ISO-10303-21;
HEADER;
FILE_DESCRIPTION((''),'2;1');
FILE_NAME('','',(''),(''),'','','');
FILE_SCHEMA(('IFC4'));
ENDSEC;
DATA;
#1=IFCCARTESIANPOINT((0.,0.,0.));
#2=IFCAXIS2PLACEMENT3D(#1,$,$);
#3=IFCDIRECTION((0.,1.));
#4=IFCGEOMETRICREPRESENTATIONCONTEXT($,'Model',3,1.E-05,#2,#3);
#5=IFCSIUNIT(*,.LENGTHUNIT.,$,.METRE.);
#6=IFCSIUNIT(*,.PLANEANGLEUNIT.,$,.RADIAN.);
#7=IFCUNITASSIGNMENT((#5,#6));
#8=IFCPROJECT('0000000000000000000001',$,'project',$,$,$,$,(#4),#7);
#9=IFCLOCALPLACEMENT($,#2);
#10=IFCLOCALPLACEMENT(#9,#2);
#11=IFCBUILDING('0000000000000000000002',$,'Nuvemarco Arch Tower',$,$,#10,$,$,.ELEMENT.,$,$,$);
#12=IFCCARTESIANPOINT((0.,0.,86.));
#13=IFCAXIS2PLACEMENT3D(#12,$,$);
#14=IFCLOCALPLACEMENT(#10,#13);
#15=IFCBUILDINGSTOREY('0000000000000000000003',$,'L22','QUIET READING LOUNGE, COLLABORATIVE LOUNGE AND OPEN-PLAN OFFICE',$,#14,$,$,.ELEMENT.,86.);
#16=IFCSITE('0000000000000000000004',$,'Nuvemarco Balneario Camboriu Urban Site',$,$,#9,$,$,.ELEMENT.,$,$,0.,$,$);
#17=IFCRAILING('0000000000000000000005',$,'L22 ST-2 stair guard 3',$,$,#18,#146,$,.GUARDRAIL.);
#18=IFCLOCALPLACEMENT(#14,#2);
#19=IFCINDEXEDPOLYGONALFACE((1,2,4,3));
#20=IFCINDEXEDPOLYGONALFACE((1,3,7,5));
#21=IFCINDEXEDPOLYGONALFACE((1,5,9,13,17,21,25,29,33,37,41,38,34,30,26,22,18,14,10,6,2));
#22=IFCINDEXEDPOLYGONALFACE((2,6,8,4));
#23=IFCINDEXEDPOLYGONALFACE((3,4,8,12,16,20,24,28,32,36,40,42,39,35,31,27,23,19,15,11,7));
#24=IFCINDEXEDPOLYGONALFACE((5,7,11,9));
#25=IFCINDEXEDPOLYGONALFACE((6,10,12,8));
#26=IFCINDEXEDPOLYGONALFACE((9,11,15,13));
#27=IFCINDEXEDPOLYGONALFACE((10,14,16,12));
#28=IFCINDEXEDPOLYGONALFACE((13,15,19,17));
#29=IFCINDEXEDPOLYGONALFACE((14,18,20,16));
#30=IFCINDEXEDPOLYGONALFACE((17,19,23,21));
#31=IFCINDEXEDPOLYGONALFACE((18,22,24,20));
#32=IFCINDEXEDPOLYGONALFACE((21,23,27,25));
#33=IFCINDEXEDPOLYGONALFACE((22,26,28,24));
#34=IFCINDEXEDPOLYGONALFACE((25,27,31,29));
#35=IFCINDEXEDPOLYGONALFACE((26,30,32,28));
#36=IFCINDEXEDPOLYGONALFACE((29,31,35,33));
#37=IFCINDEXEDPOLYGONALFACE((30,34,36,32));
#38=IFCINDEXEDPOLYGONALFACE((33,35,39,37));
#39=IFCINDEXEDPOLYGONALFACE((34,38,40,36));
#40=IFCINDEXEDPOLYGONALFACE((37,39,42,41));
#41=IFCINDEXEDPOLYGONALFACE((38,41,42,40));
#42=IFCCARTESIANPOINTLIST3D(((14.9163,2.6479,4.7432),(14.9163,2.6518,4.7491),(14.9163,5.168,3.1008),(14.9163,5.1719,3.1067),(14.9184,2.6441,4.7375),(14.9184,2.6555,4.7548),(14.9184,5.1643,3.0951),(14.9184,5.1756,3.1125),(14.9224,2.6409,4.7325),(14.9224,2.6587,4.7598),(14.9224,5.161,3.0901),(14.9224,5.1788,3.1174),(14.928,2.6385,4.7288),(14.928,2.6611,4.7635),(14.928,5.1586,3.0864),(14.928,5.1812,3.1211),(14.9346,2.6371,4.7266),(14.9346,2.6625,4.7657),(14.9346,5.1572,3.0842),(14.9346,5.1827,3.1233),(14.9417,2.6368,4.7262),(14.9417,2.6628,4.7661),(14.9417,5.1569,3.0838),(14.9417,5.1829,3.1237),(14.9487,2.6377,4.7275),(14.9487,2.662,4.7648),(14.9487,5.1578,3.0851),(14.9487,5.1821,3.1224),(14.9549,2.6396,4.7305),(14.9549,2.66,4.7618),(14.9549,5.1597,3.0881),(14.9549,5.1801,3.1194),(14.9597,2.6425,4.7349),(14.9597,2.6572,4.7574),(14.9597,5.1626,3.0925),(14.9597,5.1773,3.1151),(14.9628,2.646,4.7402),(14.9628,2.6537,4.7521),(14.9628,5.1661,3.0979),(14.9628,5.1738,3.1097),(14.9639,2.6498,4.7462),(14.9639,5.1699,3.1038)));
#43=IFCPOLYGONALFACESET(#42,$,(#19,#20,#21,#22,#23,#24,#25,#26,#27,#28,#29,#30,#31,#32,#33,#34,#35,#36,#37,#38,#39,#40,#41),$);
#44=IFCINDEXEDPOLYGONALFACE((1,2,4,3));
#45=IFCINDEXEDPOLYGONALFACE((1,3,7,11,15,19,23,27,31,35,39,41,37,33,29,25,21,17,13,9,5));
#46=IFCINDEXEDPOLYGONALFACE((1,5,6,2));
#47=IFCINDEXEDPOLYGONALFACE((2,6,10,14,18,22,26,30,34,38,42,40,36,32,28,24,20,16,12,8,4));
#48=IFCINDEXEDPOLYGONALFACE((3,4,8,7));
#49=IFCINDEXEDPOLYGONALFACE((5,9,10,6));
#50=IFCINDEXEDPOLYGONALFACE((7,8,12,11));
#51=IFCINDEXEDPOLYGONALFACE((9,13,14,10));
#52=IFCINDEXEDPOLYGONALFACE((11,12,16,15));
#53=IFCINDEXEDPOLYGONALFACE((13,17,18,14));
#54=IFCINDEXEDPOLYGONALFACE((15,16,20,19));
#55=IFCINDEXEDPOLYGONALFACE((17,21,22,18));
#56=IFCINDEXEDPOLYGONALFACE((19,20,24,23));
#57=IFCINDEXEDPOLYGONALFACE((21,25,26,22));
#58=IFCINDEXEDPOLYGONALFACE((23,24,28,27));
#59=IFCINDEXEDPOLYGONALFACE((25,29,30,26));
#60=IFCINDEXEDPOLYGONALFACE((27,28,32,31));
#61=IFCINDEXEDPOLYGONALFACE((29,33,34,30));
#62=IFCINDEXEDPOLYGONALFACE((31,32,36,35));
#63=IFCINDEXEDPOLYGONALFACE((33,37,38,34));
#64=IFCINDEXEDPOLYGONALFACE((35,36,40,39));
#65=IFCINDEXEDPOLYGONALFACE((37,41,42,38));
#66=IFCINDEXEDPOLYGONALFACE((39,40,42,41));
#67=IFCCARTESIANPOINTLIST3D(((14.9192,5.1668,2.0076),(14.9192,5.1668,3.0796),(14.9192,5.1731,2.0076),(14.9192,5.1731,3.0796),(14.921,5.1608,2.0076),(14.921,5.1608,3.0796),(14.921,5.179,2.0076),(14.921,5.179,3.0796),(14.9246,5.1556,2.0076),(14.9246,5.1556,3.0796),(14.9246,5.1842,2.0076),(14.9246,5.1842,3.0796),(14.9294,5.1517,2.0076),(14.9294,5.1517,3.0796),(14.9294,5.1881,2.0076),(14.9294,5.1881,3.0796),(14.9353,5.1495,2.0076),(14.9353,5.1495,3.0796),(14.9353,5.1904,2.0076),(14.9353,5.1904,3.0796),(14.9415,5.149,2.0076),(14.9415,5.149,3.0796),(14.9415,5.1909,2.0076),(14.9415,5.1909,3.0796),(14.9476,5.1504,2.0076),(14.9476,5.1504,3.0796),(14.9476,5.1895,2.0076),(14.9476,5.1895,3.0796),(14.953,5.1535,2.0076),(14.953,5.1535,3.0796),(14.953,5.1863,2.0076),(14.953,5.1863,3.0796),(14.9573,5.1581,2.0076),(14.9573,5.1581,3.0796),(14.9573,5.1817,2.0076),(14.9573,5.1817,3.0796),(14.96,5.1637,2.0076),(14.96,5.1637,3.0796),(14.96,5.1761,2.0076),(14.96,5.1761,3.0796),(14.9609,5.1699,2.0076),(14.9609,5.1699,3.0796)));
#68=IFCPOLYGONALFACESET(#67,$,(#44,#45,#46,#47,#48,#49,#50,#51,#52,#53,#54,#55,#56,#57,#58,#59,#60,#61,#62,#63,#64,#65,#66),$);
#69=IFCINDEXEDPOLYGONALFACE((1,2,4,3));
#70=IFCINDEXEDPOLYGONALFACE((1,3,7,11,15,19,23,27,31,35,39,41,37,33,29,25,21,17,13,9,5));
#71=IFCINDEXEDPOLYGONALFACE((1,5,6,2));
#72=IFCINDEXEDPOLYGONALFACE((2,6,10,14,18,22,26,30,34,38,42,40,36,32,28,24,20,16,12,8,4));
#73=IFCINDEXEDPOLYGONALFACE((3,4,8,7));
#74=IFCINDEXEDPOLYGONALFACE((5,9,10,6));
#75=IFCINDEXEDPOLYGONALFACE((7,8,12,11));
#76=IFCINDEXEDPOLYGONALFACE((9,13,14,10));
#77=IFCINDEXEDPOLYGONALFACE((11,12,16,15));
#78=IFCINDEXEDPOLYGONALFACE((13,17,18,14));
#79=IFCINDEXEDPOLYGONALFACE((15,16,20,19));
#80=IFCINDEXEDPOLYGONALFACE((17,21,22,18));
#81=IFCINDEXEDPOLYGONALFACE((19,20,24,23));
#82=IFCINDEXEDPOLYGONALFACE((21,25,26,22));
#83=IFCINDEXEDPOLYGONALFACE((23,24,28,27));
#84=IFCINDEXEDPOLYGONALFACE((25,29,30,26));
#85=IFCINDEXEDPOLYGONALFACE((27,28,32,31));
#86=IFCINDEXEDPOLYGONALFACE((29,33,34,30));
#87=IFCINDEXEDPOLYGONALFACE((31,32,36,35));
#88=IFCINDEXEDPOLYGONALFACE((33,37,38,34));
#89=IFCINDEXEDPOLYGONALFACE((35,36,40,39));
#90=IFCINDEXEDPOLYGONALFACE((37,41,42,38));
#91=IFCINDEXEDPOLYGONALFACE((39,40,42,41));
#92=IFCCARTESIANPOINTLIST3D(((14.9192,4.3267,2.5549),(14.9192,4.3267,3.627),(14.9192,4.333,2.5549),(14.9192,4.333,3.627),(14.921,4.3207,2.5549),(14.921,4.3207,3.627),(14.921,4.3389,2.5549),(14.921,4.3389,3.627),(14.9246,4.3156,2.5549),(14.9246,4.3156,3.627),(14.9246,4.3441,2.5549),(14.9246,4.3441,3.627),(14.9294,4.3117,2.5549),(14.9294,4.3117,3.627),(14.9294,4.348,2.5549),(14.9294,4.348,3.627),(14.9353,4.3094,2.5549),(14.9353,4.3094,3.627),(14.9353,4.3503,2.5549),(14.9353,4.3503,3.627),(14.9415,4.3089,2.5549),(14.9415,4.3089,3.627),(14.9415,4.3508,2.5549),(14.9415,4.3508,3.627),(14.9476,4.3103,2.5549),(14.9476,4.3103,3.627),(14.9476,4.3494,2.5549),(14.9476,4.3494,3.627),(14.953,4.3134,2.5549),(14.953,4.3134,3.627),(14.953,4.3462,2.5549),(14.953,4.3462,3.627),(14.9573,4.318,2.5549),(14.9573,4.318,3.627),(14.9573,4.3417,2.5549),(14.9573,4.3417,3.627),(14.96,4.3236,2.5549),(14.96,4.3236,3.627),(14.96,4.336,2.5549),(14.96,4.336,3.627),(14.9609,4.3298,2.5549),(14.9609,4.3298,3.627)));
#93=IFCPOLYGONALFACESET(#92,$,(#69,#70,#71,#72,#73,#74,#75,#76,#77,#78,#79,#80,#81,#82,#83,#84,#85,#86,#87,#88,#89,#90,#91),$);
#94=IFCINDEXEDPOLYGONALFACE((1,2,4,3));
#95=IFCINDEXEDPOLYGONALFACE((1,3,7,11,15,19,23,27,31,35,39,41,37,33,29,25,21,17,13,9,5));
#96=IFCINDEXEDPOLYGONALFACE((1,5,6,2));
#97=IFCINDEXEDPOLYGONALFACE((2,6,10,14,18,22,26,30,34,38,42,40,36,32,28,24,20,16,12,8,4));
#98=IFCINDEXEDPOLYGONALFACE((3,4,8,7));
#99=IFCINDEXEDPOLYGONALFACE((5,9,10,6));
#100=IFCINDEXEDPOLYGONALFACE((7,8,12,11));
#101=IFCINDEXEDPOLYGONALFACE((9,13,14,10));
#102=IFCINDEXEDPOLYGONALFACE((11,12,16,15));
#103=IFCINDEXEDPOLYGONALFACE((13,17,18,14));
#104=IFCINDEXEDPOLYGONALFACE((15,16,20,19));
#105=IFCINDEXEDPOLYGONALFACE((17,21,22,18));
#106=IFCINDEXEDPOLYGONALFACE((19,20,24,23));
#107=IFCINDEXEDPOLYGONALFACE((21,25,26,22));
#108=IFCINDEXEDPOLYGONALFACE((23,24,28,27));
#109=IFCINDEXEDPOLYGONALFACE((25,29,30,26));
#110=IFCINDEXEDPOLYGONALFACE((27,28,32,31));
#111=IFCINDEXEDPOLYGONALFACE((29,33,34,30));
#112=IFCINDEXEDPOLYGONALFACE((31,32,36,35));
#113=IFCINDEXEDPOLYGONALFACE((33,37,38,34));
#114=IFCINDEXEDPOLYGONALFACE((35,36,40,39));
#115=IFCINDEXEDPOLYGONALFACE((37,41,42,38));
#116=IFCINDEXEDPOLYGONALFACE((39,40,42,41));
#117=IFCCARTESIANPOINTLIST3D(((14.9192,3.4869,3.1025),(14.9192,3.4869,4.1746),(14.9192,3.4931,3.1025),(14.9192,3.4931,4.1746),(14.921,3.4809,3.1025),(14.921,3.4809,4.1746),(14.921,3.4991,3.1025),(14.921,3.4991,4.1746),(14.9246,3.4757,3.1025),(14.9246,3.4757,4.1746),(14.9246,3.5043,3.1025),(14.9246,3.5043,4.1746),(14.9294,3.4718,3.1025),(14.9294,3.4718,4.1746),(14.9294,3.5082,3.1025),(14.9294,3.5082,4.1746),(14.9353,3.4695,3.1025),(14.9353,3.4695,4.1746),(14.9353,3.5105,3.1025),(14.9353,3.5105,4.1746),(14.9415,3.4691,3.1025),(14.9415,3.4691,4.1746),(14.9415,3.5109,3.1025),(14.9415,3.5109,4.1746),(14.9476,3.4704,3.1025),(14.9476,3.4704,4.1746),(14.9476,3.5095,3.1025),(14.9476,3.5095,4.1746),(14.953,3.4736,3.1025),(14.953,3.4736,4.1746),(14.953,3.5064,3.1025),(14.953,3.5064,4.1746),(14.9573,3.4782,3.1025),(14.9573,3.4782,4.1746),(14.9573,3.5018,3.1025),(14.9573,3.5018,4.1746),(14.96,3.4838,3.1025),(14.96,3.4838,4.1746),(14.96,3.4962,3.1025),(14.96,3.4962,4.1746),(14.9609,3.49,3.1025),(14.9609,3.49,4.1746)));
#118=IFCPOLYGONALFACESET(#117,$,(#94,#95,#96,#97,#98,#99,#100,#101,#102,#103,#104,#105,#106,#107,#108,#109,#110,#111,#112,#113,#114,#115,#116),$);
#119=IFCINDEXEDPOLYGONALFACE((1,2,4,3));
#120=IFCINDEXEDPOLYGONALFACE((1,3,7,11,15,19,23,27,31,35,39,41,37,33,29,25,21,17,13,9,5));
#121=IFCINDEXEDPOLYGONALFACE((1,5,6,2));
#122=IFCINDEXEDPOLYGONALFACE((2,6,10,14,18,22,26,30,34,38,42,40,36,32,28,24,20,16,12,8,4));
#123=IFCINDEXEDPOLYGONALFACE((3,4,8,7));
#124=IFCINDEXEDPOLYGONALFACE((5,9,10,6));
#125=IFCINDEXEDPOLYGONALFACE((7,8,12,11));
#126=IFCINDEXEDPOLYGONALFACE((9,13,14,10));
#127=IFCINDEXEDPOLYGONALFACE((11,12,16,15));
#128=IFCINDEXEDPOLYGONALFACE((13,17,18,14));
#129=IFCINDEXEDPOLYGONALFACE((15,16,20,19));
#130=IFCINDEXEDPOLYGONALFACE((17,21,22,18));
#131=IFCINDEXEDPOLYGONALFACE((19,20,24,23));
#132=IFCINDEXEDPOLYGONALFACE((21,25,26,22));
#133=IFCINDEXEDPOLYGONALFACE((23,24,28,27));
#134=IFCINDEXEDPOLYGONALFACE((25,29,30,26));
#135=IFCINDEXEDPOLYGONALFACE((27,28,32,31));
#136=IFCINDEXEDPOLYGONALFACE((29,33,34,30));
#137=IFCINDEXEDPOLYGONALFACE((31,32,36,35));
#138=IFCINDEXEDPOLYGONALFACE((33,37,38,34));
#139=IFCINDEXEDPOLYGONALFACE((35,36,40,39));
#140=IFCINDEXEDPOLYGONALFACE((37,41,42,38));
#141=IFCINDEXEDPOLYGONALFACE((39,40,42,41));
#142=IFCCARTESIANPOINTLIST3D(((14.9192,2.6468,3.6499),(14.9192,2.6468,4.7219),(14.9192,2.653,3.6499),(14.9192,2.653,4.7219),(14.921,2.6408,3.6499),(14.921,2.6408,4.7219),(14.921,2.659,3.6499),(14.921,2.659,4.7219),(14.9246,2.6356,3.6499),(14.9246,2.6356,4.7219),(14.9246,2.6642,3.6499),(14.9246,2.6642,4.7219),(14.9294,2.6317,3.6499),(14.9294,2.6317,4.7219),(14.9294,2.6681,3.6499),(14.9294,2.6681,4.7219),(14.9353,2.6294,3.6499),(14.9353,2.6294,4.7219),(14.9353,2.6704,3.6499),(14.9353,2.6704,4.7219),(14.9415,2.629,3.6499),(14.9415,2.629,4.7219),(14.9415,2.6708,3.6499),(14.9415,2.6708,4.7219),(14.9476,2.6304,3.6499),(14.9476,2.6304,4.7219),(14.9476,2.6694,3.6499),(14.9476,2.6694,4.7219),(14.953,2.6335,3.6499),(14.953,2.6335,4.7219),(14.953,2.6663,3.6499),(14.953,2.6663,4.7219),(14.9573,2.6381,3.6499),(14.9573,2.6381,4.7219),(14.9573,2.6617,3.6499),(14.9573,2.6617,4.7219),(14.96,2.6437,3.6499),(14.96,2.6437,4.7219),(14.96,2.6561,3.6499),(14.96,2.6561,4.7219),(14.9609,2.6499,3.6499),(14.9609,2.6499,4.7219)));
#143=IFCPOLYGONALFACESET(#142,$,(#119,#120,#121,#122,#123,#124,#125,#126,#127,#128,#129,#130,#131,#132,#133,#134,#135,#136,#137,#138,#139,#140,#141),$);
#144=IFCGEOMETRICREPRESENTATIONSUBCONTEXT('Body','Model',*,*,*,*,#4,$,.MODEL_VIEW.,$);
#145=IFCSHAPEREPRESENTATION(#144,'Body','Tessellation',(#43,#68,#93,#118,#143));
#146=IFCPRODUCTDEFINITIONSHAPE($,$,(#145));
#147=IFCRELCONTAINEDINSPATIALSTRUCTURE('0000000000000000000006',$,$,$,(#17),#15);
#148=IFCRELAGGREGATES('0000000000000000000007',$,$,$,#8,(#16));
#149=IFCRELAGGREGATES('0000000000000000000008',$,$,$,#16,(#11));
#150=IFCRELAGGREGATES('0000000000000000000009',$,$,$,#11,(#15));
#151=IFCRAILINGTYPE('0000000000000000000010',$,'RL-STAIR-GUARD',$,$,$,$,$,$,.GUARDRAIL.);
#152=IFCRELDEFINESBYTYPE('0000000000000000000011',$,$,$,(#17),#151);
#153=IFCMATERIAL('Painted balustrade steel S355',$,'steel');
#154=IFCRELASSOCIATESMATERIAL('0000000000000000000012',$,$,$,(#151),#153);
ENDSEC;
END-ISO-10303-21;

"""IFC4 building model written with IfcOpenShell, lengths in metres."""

from ifc_helpers import new_model, si_unit, direction, frame, origin, origin_2d, place, context, subcontext, project, spatial, circle, extrude, material, type_object, element, save


model = new_model("IFC4")

# Units and contexts
model_context = context("Model", 3, precision=1e-05, world=origin(), true_north=direction((0.0, 1.0)))
body_context = subcontext(model_context, "Body", "Model", "MODEL_VIEW")
ifc_project = project(units=[si_unit("LENGTHUNIT", "METRE"), si_unit("PLANEANGLEUNIT", "RADIAN")], contexts=[model_context])

# Site, building, storey
site_placement = place(None, origin())
site = spatial("IfcSite", under=ifc_project, at=site_placement, Name="Nuvemarco Balneario Camboriu Urban Site", CompositionType="ELEMENT", RefElevation=0.0)
building_placement = place(site_placement, origin())
building = spatial("IfcBuilding", under=site, at=building_placement, Name="Nuvemarco Arch Tower", CompositionType="ELEMENT")
storey_placement = place(building_placement, frame((0.0, 0.0, 86.0)))
storey = spatial("IfcBuildingStorey", under=building, at=storey_placement, Name="L22", Description="QUIET READING LOUNGE, COLLABORATIVE LOUNGE AND OPEN-PLAN OFFICE", CompositionType="ELEMENT", Elevation=86.0)

# Railing
ifc_material_1 = material(Name="Painted balustrade steel S355", Category="steel")
railing_type_1 = type_object("IfcRailingType", Name="RL-STAIR-GUARD", PredefinedType="GUARDRAIL", material=ifc_material_1)
railing_1_placement = place(storey_placement, frame((14.9399, 5.1699, 2.0076)))
element("IfcRailing", 1, at=railing_1_placement, inside=storey, type_object=railing_type_1, Name="L22 ST-2 stair guard 3", PredefinedType="GUARDRAIL", context=body_context, shape_type="SweptSolid", body=[
    extrude(circle(Radius=0.0239, at=origin_2d()), frame((0.0, 0.0, 1.0962), z_axis=(0.0, -0.837787, 0.545998), x_axis=(1.0, 0.0, 0.0)), (0.0, 0.0, 1.0), 3.0081),
    extrude(circle(Radius=0.021, at=origin_2d()), origin(), (0.0, 0.0, 1.0), 1.072),
    extrude(circle(Radius=0.021, at=origin_2d()), frame((0.0, -0.8401, 0.5474)), (0.0, 0.0, 1.0), 1.072),
    extrude(circle(Radius=0.021, at=origin_2d()), frame((0.0, -1.6799, 1.095)), (0.0, 0.0, 1.0), 1.072),
    extrude(circle(Radius=0.021, at=origin_2d()), frame((0.0, -2.52, 1.6423)), (0.0, 0.0, 1.0), 1.072),
])

save(model, "model.ifc")
